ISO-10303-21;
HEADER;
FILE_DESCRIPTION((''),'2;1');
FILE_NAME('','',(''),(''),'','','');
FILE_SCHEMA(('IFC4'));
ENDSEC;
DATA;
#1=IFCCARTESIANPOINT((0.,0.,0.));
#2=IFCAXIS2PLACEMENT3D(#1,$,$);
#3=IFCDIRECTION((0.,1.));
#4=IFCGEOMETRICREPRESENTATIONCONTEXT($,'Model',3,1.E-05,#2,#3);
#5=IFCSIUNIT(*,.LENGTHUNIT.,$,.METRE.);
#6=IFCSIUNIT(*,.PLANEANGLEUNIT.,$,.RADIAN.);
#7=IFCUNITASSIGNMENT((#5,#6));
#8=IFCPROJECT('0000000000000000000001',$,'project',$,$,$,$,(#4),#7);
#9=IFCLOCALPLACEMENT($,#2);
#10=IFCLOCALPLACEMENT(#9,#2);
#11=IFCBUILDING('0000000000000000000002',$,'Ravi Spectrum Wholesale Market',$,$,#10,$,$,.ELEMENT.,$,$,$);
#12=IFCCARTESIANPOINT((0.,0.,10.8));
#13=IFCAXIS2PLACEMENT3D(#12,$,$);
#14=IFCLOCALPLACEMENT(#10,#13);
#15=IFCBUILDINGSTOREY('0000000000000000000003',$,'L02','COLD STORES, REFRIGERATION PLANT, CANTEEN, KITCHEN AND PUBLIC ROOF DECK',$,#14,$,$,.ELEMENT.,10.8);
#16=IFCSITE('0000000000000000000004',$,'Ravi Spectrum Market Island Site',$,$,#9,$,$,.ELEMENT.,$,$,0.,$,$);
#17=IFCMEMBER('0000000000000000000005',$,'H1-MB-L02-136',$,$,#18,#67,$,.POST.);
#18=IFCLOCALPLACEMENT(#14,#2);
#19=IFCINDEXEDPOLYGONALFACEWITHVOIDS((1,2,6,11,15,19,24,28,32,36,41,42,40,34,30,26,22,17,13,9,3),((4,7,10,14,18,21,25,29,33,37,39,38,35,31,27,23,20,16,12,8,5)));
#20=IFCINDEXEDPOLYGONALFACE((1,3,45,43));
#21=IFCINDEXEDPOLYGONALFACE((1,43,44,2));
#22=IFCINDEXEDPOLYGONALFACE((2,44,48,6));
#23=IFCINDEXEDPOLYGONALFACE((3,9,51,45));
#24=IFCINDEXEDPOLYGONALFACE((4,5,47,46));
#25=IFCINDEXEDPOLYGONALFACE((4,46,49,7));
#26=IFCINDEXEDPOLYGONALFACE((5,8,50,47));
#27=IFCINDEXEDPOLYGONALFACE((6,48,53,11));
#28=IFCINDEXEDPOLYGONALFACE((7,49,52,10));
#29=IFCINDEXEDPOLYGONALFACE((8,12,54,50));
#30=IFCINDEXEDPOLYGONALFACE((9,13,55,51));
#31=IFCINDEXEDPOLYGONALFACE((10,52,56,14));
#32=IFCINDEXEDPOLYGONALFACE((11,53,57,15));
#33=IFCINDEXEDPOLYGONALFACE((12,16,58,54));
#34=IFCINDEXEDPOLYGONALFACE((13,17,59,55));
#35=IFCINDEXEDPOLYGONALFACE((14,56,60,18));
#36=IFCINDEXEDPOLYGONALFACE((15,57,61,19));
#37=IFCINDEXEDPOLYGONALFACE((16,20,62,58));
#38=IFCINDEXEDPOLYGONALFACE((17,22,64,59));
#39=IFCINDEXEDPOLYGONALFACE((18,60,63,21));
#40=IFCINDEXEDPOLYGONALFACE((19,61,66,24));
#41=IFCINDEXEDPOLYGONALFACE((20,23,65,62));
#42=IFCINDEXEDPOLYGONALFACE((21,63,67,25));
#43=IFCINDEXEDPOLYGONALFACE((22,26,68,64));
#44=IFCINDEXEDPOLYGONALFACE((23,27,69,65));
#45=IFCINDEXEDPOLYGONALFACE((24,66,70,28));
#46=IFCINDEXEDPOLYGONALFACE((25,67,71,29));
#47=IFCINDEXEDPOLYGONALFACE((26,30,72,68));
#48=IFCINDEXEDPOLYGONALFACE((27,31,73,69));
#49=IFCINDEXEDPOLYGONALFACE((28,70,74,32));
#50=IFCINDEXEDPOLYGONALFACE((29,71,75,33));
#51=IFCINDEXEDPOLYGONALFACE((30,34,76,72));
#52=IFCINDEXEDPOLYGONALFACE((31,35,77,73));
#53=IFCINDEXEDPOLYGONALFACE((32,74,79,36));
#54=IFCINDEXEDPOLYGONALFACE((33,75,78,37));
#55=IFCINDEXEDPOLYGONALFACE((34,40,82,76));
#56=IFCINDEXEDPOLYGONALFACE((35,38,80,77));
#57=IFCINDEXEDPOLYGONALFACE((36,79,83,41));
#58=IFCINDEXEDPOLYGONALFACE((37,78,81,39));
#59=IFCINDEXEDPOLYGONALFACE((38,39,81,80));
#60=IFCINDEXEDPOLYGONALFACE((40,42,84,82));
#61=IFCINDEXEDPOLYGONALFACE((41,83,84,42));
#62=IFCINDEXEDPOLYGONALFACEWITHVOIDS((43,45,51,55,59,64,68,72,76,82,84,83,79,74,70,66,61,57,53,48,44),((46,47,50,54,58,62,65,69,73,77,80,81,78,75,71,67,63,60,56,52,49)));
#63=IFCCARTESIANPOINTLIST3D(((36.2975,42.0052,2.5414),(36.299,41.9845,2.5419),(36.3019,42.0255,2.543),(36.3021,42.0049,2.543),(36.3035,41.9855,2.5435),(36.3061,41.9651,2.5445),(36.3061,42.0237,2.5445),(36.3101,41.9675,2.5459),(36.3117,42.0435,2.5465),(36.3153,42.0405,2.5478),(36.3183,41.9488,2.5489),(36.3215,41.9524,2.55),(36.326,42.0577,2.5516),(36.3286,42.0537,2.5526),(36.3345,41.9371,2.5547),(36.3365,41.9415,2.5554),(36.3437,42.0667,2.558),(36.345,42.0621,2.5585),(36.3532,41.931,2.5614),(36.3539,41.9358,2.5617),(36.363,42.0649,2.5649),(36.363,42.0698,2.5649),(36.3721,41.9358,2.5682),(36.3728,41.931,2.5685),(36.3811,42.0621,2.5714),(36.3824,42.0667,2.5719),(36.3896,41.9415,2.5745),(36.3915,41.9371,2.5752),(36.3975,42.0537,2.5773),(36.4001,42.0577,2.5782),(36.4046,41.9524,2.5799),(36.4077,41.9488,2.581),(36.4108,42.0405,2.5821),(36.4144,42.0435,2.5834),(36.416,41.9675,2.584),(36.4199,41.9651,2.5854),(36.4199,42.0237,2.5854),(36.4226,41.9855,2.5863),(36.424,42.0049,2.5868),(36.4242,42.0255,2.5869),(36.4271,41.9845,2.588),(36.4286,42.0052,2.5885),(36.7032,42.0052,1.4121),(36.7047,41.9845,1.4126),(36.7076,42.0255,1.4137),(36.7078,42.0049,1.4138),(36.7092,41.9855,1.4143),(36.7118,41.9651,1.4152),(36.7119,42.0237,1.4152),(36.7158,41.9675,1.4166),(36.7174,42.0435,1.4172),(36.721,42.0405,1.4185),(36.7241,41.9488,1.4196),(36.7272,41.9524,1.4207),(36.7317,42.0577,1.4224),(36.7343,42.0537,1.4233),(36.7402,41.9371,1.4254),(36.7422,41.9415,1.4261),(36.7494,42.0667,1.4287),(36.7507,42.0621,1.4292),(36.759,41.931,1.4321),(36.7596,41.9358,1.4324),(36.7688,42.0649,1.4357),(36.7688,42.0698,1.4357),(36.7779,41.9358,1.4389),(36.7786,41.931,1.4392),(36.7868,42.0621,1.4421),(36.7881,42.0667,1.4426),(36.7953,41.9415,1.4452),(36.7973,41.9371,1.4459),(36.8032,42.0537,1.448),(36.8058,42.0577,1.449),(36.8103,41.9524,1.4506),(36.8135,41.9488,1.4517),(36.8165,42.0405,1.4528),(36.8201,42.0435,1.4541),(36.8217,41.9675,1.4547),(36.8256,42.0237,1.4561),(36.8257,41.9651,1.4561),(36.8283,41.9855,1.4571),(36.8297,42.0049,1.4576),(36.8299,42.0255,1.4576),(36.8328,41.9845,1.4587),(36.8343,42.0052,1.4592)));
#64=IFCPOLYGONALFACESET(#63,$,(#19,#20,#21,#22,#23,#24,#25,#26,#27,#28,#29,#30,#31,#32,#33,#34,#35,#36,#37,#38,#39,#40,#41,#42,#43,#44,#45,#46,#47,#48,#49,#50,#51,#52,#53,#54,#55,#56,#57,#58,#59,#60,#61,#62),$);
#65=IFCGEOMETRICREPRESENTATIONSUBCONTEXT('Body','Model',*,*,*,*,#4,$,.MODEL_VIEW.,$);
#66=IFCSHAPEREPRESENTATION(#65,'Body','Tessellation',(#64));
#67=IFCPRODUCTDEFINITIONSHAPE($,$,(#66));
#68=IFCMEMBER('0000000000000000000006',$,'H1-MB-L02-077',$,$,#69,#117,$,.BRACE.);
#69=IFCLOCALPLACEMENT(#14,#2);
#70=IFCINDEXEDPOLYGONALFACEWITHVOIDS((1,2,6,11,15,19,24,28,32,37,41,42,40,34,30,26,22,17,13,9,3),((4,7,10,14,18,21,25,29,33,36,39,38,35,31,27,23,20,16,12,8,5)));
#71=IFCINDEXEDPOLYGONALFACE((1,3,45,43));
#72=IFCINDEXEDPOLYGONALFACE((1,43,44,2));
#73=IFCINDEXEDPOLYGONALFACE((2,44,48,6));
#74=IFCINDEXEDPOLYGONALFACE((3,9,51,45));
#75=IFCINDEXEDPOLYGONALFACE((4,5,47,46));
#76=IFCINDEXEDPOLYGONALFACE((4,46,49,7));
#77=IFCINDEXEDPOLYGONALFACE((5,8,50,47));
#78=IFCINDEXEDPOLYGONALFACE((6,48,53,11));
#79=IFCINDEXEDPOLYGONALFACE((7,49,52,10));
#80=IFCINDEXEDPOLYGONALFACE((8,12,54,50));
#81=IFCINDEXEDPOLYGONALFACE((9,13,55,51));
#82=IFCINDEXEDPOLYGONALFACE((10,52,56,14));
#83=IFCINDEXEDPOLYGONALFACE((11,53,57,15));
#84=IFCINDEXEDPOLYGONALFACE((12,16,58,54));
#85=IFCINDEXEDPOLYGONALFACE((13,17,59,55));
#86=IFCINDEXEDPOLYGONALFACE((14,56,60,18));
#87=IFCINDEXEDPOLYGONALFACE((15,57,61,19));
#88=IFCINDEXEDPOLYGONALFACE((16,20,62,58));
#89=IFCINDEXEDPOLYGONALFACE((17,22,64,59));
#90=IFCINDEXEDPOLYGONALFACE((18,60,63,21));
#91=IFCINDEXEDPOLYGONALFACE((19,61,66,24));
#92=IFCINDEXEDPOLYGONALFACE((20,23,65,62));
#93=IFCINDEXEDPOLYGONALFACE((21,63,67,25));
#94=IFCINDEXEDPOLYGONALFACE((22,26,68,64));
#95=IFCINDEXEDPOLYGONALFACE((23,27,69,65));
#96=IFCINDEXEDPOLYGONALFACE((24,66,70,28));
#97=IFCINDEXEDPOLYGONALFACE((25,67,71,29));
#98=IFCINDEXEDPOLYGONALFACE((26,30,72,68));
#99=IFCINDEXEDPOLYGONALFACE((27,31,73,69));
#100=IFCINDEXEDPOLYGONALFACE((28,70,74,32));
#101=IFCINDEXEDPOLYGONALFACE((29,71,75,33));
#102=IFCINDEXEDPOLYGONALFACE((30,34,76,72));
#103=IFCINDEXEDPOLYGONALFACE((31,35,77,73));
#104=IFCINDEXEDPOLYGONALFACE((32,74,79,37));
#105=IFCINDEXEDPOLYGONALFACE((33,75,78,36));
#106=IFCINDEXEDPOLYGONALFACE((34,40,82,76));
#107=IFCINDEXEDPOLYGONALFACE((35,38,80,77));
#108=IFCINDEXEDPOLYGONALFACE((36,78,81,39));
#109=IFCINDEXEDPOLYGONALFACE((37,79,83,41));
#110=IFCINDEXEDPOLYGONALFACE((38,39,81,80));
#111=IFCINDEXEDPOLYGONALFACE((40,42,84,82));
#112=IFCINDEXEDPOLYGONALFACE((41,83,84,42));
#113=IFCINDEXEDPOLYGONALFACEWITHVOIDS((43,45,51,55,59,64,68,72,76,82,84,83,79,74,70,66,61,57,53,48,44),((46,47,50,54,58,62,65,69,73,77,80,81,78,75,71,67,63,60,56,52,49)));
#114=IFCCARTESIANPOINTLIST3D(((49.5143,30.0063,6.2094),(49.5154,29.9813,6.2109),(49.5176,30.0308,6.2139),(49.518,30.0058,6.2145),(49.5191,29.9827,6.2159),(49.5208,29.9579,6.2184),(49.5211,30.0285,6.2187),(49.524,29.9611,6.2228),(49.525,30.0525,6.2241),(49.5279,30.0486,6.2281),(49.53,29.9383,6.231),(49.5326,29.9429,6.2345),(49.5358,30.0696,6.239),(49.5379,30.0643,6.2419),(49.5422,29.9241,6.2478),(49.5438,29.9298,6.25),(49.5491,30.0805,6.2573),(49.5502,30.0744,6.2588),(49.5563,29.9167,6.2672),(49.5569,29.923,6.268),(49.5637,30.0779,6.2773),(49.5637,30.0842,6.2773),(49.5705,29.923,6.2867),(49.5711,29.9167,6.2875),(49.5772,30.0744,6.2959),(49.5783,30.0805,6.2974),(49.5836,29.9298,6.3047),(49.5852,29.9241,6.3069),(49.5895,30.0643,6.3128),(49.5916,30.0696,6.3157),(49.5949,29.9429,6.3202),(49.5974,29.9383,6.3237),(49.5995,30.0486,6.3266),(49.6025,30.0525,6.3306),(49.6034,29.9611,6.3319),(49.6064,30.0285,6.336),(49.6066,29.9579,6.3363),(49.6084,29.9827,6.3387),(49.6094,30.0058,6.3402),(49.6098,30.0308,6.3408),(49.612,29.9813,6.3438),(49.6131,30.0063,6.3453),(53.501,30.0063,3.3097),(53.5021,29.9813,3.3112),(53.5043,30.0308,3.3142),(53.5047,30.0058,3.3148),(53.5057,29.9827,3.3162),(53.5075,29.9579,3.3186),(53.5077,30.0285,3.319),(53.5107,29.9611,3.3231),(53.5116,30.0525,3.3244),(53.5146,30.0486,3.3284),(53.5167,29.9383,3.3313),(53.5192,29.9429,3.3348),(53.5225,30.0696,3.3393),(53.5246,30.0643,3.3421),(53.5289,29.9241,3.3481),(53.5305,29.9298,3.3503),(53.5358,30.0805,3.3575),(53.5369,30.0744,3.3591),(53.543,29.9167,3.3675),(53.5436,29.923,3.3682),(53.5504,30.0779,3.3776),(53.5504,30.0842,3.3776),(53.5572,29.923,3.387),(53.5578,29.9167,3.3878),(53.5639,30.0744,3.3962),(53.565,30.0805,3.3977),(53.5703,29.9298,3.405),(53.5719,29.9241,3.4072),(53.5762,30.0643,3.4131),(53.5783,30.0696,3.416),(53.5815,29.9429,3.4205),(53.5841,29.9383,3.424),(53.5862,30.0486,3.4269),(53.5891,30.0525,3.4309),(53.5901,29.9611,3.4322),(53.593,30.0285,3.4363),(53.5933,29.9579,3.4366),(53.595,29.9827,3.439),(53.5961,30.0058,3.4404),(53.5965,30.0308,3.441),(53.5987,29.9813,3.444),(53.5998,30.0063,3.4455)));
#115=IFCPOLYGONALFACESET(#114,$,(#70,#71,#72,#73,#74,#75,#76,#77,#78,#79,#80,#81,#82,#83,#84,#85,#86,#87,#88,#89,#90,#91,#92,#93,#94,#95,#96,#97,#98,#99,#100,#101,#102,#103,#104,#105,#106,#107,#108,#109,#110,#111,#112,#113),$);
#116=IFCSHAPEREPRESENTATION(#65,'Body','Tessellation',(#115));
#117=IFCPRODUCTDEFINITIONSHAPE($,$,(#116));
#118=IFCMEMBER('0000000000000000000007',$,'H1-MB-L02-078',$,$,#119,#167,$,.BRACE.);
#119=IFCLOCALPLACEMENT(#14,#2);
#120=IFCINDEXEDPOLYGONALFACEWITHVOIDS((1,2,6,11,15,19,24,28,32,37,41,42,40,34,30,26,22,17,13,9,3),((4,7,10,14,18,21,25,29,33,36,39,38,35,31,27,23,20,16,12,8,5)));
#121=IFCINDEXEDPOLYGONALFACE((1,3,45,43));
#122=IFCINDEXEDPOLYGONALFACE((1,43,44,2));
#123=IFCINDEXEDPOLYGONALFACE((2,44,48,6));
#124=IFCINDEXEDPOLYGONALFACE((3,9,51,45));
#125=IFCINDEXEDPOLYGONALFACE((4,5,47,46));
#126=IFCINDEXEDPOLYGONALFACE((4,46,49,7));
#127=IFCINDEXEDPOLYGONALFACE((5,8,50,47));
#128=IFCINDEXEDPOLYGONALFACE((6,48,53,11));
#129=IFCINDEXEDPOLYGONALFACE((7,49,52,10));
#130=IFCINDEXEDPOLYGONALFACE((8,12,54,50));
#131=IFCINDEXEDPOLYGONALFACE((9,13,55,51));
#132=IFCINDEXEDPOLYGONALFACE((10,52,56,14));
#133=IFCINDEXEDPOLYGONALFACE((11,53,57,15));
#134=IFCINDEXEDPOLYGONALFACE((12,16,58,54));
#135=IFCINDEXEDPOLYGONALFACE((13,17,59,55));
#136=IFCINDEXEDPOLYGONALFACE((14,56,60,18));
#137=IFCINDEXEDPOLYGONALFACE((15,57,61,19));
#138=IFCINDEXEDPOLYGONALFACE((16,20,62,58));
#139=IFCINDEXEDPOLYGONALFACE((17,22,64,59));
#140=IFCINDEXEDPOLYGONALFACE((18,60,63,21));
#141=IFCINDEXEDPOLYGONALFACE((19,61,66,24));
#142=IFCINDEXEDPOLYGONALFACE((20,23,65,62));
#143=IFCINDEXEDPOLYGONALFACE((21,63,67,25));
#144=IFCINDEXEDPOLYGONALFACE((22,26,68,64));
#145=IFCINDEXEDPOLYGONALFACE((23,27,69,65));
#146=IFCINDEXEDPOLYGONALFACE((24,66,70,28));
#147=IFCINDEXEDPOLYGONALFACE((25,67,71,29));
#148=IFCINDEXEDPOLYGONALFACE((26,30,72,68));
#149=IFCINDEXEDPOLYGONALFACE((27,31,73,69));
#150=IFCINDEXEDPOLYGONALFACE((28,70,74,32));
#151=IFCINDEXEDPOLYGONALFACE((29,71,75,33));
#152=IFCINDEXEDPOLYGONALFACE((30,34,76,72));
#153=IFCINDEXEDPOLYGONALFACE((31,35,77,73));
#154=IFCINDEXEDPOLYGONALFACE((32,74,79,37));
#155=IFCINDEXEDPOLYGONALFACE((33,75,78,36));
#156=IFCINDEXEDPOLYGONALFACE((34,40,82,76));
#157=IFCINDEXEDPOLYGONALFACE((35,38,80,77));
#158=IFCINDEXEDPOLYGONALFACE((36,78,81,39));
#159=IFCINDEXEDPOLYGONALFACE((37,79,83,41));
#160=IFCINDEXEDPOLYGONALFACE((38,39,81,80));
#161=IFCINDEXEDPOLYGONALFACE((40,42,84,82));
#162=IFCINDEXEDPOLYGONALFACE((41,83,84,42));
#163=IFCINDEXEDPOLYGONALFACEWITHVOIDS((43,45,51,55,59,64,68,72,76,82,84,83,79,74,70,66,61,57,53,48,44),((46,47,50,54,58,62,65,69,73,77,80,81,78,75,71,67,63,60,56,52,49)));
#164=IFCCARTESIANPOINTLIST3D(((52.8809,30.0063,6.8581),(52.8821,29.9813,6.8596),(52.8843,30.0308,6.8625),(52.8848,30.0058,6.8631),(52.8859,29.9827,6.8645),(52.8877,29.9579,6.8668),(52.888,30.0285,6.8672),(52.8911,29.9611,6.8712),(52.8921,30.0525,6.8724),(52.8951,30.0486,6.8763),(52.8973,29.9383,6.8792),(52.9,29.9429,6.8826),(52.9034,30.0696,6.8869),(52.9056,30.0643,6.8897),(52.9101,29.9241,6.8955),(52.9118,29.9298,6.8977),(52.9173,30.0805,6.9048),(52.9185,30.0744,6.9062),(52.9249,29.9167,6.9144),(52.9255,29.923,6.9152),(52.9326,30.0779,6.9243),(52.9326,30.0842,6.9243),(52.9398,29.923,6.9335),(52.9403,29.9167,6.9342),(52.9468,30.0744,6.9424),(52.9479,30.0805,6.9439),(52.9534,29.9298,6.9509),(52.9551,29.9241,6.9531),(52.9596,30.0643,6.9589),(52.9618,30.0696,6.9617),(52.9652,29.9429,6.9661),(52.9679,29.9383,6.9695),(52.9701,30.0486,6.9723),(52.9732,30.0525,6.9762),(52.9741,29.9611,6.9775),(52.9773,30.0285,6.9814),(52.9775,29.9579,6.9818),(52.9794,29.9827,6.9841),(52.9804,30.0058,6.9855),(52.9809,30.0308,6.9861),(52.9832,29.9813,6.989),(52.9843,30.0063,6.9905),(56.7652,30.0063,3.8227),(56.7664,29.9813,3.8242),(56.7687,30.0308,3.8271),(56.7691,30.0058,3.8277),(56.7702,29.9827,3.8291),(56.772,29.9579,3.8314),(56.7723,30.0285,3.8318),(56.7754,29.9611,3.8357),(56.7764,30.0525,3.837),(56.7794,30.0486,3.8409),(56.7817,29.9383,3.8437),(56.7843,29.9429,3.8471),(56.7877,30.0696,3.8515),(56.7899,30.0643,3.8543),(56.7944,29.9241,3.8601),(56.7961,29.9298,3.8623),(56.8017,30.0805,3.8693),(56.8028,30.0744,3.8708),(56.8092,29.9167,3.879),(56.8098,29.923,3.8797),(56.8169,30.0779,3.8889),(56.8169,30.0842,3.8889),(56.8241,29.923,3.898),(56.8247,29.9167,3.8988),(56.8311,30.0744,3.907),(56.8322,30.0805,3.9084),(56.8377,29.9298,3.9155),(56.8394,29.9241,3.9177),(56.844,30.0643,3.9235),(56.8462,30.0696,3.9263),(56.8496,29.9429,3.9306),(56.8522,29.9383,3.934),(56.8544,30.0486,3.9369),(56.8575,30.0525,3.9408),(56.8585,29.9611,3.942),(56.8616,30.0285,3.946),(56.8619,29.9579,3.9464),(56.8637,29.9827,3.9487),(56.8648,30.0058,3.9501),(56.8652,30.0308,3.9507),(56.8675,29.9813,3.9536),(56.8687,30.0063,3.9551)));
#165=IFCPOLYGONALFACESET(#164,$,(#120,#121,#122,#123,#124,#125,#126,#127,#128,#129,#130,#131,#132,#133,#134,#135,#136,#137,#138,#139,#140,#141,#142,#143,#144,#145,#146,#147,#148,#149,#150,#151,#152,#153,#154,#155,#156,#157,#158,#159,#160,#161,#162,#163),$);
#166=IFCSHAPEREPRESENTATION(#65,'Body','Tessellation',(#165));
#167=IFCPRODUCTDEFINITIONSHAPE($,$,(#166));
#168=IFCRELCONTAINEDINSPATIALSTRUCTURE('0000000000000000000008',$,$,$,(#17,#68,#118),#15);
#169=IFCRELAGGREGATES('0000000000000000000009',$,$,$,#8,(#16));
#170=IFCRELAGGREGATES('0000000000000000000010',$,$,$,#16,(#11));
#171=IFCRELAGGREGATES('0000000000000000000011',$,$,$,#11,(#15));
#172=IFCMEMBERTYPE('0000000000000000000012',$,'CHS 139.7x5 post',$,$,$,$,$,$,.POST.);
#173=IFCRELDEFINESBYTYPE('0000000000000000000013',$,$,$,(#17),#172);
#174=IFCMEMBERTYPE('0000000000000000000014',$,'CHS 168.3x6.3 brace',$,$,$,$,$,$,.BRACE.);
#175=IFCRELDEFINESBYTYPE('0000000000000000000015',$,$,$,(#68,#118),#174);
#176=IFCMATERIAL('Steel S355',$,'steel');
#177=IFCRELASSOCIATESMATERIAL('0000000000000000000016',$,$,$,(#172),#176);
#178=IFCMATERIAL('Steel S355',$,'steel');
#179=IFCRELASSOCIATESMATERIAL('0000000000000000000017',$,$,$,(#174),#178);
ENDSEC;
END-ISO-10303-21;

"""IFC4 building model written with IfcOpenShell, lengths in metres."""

from ifc_helpers import new_model, si_unit, direction, frame, origin, origin_2d, place, context, subcontext, project, spatial, hollow_circle, extrude, material, material_profile, profile_set, type_object, element, save


model = new_model("IFC4")

# Units and contexts
model_context = context("Model", 3, precision=1e-05, world=origin(), true_north=direction((0.0, 1.0)))
body_context = subcontext(model_context, "Body", "Model", "MODEL_VIEW")
ifc_project = project(units=[si_unit("LENGTHUNIT", "METRE"), si_unit("PLANEANGLEUNIT", "RADIAN")], contexts=[model_context])

# Site, building, storey
site_placement = place(None, origin())
site = spatial("IfcSite", under=ifc_project, at=site_placement, Name="Ravi Spectrum Market Island Site", CompositionType="ELEMENT", RefElevation=0.0)
building_placement = place(site_placement, origin())
building = spatial("IfcBuilding", under=site, at=building_placement, Name="Ravi Spectrum Wholesale Market", CompositionType="ELEMENT")
storey_placement = place(building_placement, frame((0.0, 0.0, 10.8)))
storey = spatial("IfcBuildingStorey", under=building, at=storey_placement, Name="L02", Description="COLD STORES, REFRIGERATION PLANT, CANTEEN, KITCHEN AND PUBLIC ROOF DECK", CompositionType="ELEMENT", Elevation=10.8)

# Members
ifc_material_1 = material(Name="Steel S355", Category="steel")
ifc_material_profile_1 = material_profile(ifc_material_1, hollow_circle(Radius=0.0698, WallThickness=0.0049, at=origin_2d()))
ifc_profile_set_1 = profile_set([ifc_material_profile_1], Name="Steel S355")
member_type_1 = type_object("IfcMemberType", Name="CHS 139.7x5 post", PredefinedType="POST", material=ifc_profile_set_1)
member_1_placement = place(storey_placement, frame((36.363, 42.0, 2.5649), z_axis=(0.338114, 0.0, -0.941105), x_axis=(0.0, 1.0, 0.0)))
element("IfcMember", 1, at=member_1_placement, inside=storey, type_object=member_type_1, Name="H1-MB-L02-136", PredefinedType="POST", context=body_context, shape_type="SweptSolid", body=[
    extrude(hollow_circle(Radius=0.0698, WallThickness=0.0049, at=origin_2d()), origin(), (0.0, 0.0, 1.0), 1.2),
])
ifc_material_2 = material(Name="Steel S355", Category="steel")
ifc_material_profile_2 = material_profile(ifc_material_2, hollow_circle(Radius=0.0842, WallThickness=0.0063, at=origin_2d()))
ifc_profile_set_2 = profile_set([ifc_material_profile_2], Name="Steel S355")
member_type_2 = type_object("IfcMemberType", Name="CHS 168.3x6.3 brace", PredefinedType="BRACE", material=ifc_profile_set_2)
for number, where, z_axis, x_axis, name in (
    (2, (49.5637, 30.0, 6.2773), (0.808704, 0.0, -0.588216), (0.0, 1.0, 0.0), "H1-MB-L02-077"),
    (3, (52.9326, 30.0, 6.9243), (0.787945, 0.0, -0.615746), (0.0, 1.0, 0.0), "H1-MB-L02-078"),
):
    element("IfcMember", number, at=place(storey_placement, frame(where, z_axis=z_axis, x_axis=x_axis)), inside=storey, type_object=member_type_2, Name=name, PredefinedType="BRACE", context=body_context, shape_type="SweptSolid", body=[
        extrude(hollow_circle(Radius=0.0842, WallThickness=0.0063, at=origin_2d()), origin(), (0.0, 0.0, 1.0), 4.9297),
    ])

save(model, "model.ifc")
